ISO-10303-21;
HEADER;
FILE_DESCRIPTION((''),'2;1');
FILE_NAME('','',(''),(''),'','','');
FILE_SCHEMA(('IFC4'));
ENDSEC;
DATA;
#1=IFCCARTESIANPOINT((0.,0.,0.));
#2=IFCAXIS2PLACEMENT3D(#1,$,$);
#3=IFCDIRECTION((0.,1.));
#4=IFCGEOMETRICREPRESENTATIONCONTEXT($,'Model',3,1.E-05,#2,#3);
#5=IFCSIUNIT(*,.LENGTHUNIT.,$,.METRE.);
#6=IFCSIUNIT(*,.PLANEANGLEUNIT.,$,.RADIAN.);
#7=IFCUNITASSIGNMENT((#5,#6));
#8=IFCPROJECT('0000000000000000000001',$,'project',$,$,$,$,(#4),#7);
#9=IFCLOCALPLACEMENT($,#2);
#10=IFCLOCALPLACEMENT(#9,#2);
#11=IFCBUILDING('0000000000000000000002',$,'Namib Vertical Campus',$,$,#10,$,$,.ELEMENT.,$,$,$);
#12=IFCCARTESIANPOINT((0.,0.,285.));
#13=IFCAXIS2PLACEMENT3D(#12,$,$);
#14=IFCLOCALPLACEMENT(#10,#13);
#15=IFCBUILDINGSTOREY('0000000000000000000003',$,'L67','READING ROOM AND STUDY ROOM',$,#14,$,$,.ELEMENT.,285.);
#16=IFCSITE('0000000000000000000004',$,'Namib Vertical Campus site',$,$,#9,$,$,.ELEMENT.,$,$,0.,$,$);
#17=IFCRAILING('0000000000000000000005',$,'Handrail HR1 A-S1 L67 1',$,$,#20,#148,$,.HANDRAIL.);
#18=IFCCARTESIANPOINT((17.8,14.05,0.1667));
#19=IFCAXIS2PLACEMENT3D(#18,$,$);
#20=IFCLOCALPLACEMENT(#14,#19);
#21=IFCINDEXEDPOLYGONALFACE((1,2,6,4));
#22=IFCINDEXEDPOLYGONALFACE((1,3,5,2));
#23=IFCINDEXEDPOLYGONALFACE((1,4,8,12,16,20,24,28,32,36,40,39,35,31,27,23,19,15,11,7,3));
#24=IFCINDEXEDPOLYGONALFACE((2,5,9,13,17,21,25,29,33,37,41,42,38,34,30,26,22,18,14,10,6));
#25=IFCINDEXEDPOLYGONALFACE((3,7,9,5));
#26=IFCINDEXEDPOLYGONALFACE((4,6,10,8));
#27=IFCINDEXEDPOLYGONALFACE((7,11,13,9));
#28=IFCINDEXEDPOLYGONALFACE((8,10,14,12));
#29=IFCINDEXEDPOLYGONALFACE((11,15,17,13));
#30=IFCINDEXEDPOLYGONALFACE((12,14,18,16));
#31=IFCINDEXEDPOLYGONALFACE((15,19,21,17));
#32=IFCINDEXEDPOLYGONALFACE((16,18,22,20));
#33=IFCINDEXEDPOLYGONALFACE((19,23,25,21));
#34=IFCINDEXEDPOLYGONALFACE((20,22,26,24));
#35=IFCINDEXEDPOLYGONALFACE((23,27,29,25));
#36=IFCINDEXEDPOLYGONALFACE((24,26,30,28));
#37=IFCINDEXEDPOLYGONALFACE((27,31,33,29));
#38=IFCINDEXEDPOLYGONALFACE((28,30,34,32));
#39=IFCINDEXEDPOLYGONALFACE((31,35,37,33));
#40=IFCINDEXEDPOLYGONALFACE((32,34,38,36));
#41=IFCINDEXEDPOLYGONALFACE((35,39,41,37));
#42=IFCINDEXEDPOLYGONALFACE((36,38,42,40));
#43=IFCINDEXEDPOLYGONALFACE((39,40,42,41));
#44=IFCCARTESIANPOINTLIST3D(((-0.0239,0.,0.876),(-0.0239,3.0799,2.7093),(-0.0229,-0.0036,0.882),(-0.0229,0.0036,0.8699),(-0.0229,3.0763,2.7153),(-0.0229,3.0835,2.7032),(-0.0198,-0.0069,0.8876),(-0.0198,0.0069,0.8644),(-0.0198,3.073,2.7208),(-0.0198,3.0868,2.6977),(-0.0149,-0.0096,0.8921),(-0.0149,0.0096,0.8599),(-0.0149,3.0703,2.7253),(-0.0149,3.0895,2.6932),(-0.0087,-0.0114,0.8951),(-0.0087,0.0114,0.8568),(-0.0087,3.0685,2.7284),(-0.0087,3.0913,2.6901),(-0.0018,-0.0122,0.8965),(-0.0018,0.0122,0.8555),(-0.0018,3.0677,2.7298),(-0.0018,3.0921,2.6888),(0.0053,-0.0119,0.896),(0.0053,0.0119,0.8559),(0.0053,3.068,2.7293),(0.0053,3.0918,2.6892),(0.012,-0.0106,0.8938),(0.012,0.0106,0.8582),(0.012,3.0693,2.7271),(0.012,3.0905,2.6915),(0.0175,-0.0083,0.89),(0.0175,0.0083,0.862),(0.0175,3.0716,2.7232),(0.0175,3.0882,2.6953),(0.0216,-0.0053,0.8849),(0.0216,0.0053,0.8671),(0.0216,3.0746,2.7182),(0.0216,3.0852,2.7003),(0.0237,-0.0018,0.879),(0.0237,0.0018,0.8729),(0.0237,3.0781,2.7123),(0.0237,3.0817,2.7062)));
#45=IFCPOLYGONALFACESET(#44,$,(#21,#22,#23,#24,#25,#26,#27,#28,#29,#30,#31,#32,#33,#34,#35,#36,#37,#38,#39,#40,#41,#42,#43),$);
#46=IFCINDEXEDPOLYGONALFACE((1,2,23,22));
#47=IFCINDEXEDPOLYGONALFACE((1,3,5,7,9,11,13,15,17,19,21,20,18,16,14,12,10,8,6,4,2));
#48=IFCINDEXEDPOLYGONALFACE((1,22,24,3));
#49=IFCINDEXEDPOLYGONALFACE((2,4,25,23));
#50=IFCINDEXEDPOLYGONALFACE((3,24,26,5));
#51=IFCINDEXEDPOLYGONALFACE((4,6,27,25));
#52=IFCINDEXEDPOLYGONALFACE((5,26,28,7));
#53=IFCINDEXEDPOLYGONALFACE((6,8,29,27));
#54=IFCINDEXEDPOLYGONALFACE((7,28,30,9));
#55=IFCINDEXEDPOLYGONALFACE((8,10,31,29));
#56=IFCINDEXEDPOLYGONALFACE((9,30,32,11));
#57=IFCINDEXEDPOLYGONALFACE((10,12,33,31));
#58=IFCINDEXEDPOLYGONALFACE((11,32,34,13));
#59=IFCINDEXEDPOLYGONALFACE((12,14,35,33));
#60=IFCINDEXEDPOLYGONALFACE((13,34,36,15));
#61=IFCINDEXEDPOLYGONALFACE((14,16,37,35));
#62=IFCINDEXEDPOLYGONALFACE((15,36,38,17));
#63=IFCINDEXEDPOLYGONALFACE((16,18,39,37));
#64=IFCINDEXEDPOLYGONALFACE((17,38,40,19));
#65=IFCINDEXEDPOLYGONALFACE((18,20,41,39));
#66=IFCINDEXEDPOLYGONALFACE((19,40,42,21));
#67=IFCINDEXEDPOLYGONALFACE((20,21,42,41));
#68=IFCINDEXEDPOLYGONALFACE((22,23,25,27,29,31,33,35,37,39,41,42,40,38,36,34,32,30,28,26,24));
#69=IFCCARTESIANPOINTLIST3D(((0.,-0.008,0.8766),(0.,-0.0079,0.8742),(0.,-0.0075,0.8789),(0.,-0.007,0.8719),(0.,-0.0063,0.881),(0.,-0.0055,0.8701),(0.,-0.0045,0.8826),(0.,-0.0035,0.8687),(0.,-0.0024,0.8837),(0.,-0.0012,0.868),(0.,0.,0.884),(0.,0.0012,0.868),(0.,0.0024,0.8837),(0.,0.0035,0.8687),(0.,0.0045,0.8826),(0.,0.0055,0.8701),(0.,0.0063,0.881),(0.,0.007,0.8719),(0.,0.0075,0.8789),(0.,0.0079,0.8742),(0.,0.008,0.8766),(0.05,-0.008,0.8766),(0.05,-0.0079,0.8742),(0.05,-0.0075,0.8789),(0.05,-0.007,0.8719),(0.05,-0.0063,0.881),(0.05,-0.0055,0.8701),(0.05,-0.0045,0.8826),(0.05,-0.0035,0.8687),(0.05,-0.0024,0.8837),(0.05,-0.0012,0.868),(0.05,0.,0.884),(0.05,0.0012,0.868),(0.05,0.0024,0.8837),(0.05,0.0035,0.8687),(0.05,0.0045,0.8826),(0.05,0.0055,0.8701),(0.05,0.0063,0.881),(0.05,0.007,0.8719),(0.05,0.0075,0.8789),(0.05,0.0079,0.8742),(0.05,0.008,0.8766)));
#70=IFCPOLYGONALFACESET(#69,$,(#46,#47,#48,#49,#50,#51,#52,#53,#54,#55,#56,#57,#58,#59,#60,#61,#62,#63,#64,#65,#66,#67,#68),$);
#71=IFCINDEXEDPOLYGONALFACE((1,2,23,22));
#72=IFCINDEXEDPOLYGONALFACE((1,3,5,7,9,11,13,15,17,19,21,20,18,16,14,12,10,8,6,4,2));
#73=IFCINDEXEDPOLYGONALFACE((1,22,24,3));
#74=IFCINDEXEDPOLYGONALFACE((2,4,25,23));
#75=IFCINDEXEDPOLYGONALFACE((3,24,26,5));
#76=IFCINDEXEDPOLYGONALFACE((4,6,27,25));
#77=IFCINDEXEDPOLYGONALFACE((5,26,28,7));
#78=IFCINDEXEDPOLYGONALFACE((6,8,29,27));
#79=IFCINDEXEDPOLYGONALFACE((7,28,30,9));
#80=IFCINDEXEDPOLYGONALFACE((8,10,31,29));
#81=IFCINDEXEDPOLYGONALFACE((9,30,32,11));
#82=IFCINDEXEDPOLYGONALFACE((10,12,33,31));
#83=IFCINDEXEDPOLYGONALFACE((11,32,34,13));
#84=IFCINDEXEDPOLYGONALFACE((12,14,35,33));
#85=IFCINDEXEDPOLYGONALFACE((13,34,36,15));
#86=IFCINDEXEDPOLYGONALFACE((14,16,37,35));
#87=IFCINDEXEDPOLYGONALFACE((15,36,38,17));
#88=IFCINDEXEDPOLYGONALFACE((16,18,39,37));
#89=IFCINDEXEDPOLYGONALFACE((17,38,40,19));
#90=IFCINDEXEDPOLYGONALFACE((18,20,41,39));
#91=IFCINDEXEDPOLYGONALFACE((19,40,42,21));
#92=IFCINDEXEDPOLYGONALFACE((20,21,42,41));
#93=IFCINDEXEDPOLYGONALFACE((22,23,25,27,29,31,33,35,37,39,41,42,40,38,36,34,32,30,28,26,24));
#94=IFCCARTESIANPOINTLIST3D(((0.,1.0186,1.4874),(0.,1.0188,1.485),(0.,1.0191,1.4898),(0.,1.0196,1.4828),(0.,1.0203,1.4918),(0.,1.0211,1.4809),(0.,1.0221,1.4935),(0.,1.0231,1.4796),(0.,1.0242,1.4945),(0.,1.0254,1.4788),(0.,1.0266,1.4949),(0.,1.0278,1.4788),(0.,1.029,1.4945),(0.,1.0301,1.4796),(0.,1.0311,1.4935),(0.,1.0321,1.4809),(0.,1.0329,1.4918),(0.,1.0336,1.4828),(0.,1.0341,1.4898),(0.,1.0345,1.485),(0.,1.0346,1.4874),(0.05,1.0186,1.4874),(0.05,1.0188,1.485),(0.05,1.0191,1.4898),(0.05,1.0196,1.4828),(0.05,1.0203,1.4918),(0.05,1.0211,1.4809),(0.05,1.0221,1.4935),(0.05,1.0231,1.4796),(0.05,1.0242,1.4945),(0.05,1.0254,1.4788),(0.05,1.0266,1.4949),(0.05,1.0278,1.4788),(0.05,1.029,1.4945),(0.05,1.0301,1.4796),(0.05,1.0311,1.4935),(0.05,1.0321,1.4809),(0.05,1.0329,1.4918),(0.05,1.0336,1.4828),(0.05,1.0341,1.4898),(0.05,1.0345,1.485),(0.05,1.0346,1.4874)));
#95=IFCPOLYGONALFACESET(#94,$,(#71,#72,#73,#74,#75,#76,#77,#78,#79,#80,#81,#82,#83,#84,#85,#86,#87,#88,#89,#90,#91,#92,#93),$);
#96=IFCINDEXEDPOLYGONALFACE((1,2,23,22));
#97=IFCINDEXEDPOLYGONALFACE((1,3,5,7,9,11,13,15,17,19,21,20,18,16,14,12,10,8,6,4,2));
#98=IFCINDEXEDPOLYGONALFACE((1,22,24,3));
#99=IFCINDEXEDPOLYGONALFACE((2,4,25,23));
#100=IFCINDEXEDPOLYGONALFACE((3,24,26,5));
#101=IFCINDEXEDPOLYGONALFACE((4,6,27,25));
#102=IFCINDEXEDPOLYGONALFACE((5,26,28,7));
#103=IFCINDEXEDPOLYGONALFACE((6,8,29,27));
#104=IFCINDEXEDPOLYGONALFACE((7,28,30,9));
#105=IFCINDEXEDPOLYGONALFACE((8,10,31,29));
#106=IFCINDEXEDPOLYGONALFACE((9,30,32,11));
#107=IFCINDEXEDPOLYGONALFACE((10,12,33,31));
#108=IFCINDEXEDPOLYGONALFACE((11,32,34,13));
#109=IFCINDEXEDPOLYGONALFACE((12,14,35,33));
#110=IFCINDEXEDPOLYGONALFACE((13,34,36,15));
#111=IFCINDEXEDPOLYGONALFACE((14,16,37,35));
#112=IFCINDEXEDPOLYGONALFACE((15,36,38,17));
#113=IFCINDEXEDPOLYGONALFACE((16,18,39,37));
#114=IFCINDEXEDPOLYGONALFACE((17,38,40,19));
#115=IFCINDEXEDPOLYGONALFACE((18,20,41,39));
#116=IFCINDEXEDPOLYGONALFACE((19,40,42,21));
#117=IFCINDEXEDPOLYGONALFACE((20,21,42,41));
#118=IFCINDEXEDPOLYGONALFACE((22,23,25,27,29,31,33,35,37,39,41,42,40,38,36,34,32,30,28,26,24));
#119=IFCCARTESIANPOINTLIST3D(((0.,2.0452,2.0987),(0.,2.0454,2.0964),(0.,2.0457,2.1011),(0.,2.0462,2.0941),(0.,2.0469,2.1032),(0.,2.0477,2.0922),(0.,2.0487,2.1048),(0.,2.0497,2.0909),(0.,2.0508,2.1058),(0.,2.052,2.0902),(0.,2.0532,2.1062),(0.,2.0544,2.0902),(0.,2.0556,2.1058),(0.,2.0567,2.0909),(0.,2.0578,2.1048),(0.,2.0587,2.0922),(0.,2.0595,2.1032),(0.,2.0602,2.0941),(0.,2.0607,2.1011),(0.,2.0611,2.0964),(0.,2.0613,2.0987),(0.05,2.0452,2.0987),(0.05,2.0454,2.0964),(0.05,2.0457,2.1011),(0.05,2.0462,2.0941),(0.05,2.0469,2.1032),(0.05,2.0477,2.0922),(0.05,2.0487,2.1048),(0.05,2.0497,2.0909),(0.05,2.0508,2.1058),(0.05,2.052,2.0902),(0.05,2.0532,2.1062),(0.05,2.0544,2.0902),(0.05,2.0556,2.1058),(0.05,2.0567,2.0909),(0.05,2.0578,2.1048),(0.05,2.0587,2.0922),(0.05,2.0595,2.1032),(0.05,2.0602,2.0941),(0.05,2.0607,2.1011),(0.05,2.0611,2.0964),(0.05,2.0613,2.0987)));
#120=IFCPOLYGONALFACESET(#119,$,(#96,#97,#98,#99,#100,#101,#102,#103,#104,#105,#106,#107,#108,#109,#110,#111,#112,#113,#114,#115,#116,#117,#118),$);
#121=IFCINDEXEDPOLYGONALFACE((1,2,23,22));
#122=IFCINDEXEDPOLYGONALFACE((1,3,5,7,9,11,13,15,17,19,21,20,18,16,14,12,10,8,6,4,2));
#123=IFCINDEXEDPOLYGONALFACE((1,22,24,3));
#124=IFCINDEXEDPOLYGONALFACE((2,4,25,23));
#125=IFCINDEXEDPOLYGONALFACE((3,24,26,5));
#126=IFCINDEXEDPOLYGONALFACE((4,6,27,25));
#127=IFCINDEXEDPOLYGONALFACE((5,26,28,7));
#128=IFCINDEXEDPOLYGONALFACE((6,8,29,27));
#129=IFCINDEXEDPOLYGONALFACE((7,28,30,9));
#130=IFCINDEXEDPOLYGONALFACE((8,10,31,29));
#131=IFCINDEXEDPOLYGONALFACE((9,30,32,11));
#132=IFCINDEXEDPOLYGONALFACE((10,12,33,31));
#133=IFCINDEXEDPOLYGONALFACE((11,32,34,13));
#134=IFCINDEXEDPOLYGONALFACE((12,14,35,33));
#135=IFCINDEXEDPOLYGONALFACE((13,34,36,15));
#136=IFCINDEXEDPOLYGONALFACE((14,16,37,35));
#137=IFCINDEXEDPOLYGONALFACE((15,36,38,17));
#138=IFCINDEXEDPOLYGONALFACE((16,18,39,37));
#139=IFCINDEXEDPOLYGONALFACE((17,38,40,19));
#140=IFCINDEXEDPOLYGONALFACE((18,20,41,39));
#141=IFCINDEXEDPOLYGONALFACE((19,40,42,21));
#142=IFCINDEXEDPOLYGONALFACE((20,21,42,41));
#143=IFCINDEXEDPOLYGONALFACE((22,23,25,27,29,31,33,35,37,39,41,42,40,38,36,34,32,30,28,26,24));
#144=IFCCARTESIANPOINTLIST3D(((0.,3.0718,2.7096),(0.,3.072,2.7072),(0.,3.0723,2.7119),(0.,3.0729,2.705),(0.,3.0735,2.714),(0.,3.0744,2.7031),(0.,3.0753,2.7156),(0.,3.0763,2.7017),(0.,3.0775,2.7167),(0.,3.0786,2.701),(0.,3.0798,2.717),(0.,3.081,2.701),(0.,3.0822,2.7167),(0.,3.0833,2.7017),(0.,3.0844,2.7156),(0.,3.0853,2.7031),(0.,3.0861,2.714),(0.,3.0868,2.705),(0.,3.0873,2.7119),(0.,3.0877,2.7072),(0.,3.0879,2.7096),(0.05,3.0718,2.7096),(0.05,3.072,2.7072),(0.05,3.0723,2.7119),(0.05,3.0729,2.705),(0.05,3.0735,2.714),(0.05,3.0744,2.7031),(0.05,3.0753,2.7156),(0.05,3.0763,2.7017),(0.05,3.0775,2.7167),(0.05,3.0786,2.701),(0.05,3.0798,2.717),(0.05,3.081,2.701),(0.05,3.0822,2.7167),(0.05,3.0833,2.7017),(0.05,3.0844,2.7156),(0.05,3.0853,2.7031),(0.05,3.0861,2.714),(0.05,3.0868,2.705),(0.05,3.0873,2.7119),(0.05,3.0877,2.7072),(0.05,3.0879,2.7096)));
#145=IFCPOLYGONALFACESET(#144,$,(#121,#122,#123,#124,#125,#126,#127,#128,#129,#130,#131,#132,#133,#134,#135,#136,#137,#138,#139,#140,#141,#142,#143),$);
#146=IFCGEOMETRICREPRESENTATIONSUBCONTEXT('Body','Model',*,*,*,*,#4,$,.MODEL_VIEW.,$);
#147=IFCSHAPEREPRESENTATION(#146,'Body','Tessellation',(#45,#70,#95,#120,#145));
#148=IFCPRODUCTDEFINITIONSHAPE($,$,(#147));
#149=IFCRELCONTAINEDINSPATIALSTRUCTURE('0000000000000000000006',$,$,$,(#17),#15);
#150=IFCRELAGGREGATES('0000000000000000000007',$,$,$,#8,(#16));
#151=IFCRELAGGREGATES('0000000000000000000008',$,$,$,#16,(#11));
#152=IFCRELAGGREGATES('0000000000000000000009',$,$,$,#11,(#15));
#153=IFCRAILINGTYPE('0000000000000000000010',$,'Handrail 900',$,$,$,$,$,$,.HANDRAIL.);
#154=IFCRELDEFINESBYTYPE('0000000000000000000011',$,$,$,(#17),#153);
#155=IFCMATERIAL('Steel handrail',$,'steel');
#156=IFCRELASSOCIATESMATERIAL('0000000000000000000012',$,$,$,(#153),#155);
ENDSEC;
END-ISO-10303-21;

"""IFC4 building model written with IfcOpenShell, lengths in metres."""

from ifc_helpers import new_model, si_unit, direction, frame, origin, origin_2d, place, context, subcontext, project, spatial, circle, extrude, material, type_object, element, save


model = new_model("IFC4")

# Units and contexts
model_context = context("Model", 3, precision=1e-05, world=origin(), true_north=direction((0.0, 1.0)))
body_context = subcontext(model_context, "Body", "Model", "MODEL_VIEW")
ifc_project = project(units=[si_unit("LENGTHUNIT", "METRE"), si_unit("PLANEANGLEUNIT", "RADIAN")], contexts=[model_context])

# Site, building, storey
site_placement = place(None, origin())
site = spatial("IfcSite", under=ifc_project, at=site_placement, Name="Namib Vertical Campus site", CompositionType="ELEMENT", RefElevation=0.0)
building_placement = place(site_placement, origin())
building = spatial("IfcBuilding", under=site, at=building_placement, Name="Namib Vertical Campus", CompositionType="ELEMENT")
storey_placement = place(building_placement, frame((0.0, 0.0, 285.0)))
storey = spatial("IfcBuildingStorey", under=building, at=storey_placement, Name="L67", Description="READING ROOM AND STUDY ROOM", CompositionType="ELEMENT", Elevation=285.0)

# Railing
ifc_material_1 = material(Name="Steel handrail", Category="steel")
railing_type_1 = type_object("IfcRailingType", Name="Handrail 900", PredefinedType="HANDRAIL", material=ifc_material_1)
railing_1_placement = place(storey_placement, frame((17.8, 14.05, 0.1667)))
element("IfcRailing", 1, at=railing_1_placement, inside=storey, type_object=railing_type_1, Name="Handrail HR1 A-S1 L67 1", PredefinedType="HANDRAIL", context=body_context, shape_type="SweptSolid", body=[
    extrude(circle(Radius=0.0239, at=origin_2d()), frame((0.0, 0.0, 0.876), z_axis=(0.0, 0.859291, 0.511487), x_axis=(-1.0, 0.0, 0.0)), (0.0, 0.0, 1.0), 3.5842),
    extrude(circle(Radius=0.0081, at=origin_2d()), frame((0.0, 0.0, 0.876), z_axis=(1.0, 0.0, 0.0), x_axis=(0.0, 0.0, 1.0)), (0.0, 0.0, 1.0), 0.05),
    extrude(circle(Radius=0.0081, at=origin_2d()), frame((0.0, 1.0266, 1.4868), z_axis=(1.0, 0.0, 0.0), x_axis=(0.0, 0.0, 1.0)), (0.0, 0.0, 1.0), 0.05),
    extrude(circle(Radius=0.0081, at=origin_2d()), frame((0.0, 2.0532, 2.0981), z_axis=(1.0, 0.0, 0.0), x_axis=(0.0, 0.0, 1.0)), (0.0, 0.0, 1.0), 0.05),
    extrude(circle(Radius=0.0081, at=origin_2d()), frame((0.0, 3.0798, 2.709), z_axis=(1.0, 0.0, 0.0), x_axis=(0.0, 0.0, 1.0)), (0.0, 0.0, 1.0), 0.05),
])

save(model, "model.ifc")
